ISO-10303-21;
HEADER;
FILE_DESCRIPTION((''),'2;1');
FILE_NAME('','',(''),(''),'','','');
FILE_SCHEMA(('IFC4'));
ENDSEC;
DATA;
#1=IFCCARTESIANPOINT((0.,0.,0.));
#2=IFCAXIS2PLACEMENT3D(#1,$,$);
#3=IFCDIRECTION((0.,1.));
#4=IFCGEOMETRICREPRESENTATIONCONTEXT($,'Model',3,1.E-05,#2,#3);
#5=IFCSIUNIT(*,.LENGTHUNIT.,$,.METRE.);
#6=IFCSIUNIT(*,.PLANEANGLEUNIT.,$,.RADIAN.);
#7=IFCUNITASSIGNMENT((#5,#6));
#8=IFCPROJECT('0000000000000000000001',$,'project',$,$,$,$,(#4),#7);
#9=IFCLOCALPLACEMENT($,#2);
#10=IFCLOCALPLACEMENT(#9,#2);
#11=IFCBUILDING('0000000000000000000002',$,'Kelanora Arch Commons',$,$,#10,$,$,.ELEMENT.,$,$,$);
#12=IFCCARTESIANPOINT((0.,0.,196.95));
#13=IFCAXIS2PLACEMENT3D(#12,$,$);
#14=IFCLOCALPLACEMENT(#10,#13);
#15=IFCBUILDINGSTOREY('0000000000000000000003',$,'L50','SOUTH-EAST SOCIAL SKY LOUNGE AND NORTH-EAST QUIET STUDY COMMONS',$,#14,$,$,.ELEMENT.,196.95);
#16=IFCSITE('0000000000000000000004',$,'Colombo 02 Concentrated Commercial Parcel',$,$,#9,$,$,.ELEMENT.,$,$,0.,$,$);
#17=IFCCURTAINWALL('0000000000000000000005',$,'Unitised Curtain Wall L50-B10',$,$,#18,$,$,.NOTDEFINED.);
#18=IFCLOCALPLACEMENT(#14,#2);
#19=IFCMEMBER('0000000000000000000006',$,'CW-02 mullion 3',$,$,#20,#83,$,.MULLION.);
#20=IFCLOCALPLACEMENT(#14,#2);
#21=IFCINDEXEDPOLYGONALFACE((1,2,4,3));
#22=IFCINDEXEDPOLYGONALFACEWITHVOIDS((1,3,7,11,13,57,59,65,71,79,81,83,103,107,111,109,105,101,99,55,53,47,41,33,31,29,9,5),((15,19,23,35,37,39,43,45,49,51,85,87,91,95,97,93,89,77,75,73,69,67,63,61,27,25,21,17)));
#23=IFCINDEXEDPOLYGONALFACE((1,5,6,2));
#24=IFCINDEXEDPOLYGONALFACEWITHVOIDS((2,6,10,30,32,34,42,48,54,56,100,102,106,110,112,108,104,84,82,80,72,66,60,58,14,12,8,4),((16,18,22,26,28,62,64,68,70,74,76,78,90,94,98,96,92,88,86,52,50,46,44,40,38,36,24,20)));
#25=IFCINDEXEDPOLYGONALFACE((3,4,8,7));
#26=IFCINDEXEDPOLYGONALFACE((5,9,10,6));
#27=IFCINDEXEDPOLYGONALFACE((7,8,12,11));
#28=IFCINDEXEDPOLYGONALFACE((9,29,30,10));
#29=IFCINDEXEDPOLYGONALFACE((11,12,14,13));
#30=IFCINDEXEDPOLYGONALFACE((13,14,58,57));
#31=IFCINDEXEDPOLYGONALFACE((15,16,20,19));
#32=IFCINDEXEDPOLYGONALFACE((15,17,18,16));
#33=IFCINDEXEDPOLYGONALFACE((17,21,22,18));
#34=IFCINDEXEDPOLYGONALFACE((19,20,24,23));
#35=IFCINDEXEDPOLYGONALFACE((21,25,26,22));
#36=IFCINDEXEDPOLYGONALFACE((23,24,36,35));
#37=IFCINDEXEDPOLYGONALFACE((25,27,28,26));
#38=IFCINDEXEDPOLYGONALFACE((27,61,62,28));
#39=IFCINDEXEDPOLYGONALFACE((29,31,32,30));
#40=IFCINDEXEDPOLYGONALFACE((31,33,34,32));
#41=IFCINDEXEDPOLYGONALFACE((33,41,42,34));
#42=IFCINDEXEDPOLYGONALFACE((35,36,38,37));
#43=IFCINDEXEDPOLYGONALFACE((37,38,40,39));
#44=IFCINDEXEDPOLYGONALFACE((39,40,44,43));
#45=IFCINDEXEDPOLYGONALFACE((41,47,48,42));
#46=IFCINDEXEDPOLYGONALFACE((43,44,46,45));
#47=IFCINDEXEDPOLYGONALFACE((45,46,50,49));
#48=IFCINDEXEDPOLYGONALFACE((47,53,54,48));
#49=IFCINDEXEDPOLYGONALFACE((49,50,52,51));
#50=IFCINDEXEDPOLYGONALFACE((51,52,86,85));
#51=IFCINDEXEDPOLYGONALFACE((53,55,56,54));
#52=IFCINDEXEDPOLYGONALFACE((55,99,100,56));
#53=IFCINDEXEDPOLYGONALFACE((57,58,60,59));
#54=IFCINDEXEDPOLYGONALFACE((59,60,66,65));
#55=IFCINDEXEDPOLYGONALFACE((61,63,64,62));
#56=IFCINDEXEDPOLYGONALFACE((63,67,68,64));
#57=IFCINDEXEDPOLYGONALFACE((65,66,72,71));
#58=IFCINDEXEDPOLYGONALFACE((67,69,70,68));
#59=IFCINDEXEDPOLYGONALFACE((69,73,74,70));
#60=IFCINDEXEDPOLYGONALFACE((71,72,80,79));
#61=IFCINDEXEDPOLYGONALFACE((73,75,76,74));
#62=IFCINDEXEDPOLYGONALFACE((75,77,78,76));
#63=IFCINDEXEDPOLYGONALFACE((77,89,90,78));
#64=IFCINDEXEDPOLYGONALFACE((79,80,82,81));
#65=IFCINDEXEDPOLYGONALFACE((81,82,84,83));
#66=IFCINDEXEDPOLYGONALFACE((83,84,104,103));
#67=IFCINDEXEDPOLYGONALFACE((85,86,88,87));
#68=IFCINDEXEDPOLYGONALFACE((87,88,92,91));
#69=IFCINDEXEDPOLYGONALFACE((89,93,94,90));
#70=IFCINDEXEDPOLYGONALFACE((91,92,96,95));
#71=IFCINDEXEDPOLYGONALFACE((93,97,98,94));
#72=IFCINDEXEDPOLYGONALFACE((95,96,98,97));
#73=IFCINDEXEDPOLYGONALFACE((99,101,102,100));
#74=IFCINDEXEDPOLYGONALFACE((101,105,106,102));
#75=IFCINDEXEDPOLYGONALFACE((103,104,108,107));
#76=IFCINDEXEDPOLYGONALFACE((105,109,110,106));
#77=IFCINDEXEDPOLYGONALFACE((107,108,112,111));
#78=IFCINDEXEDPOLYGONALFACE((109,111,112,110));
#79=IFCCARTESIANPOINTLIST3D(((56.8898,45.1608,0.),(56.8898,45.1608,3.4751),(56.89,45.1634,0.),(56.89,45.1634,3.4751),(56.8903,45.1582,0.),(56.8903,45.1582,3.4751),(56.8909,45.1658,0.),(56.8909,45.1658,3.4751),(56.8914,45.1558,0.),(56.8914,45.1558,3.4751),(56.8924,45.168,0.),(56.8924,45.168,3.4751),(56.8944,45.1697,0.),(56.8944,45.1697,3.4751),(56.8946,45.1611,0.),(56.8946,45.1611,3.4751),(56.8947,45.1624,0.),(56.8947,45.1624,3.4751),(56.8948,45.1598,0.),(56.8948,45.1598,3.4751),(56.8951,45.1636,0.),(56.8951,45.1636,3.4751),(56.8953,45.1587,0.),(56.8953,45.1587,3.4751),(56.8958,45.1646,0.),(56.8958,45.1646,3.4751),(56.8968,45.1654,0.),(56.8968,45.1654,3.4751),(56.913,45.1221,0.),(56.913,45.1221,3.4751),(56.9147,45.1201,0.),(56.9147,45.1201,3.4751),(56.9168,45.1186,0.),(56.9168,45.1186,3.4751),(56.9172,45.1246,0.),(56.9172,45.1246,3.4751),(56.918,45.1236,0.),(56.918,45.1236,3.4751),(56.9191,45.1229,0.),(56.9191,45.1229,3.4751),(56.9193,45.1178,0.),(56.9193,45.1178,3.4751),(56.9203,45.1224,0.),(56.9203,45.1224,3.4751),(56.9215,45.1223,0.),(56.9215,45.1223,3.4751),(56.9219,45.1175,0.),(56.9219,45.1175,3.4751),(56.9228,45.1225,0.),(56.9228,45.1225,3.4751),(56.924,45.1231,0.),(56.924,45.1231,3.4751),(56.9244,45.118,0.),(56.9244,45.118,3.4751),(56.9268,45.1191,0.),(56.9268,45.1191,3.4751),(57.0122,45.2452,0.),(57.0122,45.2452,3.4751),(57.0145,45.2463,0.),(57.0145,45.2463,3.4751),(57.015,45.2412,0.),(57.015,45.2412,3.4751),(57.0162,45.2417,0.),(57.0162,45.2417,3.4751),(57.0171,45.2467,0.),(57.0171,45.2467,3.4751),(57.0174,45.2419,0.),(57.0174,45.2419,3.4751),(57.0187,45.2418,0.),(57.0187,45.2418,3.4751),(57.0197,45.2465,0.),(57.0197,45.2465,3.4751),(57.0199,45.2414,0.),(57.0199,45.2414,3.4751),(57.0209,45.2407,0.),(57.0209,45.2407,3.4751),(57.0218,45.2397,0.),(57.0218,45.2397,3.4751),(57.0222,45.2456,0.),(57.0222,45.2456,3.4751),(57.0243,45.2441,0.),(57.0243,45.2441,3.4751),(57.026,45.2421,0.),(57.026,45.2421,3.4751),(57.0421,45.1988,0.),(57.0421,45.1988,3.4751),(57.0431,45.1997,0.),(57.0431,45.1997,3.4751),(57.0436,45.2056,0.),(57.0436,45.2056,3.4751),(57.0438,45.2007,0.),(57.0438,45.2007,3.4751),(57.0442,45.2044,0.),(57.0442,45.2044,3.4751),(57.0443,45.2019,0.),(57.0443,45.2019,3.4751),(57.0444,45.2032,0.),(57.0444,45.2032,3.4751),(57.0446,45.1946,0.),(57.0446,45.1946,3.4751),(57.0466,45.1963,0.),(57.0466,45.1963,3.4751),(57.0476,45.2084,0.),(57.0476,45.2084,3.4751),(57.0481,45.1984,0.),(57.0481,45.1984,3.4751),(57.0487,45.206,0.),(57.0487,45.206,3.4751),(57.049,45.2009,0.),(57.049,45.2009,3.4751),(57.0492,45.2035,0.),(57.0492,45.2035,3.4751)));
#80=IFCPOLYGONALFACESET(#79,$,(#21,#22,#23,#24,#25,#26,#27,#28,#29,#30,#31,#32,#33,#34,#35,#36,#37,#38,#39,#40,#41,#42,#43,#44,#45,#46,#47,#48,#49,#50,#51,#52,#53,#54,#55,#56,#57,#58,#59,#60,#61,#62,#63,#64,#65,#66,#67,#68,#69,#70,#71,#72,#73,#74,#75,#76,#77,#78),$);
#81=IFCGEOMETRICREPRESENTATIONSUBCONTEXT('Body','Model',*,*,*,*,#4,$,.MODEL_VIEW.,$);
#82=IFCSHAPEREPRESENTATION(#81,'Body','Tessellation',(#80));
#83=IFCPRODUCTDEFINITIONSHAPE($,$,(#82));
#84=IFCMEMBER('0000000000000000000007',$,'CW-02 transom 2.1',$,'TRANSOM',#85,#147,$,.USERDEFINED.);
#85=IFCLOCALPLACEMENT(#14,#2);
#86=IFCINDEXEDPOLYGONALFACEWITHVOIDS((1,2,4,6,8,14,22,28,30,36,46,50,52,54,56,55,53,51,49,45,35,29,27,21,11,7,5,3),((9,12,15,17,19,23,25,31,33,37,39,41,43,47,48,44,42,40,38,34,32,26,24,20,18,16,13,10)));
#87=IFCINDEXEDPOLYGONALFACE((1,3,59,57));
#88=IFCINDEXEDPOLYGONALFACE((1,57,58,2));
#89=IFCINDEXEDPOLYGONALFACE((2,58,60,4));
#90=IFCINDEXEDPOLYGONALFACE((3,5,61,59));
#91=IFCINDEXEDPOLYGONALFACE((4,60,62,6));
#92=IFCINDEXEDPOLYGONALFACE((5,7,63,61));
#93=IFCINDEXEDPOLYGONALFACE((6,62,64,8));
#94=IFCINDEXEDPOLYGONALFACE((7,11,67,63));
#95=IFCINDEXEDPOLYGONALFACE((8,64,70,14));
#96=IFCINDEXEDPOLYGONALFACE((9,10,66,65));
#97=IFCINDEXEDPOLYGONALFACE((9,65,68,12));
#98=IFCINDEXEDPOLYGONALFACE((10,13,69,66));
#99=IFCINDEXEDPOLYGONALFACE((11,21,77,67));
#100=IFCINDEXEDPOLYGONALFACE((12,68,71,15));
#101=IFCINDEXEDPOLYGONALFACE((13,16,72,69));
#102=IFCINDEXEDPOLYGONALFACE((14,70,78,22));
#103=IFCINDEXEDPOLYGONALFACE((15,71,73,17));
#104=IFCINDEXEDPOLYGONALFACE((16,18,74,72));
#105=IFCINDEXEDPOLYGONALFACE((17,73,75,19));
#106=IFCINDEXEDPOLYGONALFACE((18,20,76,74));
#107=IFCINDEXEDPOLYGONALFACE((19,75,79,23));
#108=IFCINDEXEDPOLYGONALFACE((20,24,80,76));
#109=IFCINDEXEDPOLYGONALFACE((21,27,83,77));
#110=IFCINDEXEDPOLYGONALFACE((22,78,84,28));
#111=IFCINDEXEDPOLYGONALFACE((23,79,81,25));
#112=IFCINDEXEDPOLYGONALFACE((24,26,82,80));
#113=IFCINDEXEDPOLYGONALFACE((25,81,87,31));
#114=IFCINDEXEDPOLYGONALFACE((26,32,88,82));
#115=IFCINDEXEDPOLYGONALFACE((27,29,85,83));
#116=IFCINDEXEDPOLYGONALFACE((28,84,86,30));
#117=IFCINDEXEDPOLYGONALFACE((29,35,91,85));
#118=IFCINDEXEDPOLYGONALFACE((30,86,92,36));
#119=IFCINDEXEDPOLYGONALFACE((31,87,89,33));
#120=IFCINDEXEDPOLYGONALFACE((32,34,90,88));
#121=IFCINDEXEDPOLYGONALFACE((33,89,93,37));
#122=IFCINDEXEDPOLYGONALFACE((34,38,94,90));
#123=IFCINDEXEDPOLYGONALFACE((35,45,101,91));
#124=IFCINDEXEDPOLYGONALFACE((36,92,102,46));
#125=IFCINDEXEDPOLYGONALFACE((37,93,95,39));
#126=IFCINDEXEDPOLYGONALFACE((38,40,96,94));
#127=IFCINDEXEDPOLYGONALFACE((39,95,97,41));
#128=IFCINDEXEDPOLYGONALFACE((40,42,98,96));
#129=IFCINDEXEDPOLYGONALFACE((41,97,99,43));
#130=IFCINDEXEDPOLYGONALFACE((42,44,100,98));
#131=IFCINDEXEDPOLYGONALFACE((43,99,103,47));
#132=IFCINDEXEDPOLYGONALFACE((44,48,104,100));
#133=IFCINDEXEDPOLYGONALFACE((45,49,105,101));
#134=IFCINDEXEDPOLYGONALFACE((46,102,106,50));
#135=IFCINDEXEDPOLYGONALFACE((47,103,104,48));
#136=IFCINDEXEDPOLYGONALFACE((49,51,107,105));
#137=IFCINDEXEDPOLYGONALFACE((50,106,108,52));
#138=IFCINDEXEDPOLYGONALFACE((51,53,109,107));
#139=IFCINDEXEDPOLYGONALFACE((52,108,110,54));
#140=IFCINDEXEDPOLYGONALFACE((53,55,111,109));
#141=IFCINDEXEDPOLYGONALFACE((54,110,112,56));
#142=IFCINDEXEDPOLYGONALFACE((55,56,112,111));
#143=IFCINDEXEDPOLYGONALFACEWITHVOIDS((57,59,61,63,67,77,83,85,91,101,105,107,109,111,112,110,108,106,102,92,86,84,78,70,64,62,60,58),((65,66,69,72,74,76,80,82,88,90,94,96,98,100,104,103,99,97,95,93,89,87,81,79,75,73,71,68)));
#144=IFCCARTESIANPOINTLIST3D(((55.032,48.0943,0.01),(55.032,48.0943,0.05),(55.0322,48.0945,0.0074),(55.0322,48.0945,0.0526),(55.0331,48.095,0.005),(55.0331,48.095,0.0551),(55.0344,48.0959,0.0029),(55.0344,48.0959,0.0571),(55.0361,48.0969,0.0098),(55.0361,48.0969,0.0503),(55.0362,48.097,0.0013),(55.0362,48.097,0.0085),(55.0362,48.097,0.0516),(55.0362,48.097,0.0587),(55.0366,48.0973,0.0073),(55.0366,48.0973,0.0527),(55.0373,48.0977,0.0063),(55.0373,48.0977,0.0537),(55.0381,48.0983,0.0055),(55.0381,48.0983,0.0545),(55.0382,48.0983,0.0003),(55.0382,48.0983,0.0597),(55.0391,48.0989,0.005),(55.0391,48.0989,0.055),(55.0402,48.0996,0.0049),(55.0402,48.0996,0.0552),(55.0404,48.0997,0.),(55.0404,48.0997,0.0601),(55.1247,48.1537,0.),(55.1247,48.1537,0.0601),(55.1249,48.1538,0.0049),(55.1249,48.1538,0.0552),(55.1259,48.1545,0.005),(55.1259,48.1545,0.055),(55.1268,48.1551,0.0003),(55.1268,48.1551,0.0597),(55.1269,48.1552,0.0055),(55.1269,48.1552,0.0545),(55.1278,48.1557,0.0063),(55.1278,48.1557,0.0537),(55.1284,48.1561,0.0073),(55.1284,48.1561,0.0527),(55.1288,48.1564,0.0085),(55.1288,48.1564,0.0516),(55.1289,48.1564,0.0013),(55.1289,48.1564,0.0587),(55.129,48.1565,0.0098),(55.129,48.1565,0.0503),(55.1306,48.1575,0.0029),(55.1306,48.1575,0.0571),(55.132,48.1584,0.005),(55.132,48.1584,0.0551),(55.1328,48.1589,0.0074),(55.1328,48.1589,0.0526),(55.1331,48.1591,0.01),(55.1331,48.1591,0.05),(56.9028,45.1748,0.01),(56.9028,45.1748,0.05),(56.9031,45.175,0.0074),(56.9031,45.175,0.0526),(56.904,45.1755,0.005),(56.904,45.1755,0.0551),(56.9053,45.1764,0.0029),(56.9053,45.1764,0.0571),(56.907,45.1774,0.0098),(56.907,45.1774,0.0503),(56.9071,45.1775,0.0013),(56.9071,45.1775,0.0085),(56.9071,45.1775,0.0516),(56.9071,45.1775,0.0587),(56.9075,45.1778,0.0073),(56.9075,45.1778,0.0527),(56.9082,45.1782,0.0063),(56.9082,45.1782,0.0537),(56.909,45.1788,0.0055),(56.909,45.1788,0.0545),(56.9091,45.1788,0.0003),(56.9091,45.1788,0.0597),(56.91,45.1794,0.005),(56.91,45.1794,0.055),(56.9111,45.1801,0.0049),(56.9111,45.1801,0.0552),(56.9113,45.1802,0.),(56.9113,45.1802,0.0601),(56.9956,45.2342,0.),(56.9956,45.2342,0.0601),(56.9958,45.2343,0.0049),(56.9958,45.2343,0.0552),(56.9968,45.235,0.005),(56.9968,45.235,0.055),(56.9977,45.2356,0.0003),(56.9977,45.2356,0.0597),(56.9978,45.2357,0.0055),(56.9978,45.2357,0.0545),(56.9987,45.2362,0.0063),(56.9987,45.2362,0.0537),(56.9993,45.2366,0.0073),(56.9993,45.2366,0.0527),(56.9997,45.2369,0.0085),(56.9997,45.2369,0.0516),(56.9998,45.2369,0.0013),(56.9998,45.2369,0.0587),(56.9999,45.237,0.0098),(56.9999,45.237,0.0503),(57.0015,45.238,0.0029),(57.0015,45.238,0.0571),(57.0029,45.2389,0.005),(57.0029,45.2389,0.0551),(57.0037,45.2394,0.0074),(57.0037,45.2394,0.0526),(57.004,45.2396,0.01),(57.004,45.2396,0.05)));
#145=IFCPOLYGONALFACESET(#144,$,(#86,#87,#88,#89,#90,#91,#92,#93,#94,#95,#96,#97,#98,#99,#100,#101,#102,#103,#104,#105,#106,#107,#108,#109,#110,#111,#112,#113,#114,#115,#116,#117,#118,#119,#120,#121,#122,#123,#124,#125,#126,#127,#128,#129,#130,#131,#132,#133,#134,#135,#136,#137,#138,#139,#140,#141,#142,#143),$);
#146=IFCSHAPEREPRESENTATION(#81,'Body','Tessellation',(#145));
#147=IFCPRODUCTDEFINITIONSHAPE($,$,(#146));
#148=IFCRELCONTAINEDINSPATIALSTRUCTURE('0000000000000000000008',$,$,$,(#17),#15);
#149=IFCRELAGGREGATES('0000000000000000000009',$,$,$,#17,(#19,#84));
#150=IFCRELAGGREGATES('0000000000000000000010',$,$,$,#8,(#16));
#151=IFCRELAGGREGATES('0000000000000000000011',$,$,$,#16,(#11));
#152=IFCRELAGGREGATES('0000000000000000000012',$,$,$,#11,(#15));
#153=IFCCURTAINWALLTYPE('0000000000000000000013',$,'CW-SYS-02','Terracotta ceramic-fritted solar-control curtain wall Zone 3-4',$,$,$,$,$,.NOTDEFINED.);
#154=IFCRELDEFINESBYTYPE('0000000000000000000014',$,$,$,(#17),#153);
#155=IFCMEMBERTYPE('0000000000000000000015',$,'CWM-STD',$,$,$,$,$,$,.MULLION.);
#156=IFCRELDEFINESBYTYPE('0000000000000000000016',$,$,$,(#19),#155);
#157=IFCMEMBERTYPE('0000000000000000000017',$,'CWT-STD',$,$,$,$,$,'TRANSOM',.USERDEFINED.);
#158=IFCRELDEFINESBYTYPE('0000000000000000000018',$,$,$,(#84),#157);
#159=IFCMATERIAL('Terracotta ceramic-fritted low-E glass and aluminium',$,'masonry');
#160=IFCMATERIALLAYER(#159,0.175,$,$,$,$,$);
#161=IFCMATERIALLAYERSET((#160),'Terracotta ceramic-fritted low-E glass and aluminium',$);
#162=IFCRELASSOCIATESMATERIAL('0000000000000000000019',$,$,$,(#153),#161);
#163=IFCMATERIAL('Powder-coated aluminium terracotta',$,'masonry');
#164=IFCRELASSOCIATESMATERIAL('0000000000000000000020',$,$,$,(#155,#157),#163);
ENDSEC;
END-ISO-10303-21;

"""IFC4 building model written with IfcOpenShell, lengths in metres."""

from ifc_helpers import new_model, si_unit, direction, frame, origin, origin_2d, place, context, subcontext, project, spatial, hollow_rectangle, extrude, material, layer, layer_set, material_profile, profile_set, type_object, element, aggregate, save


model = new_model("IFC4")

# Units and contexts
model_context = context("Model", 3, precision=1e-05, world=origin(), true_north=direction((0.0, 1.0)))
body_context = subcontext(model_context, "Body", "Model", "MODEL_VIEW")
ifc_project = project(units=[si_unit("LENGTHUNIT", "METRE"), si_unit("PLANEANGLEUNIT", "RADIAN")], contexts=[model_context])

# Site, building, storey
site_placement = place(None, origin())
site = spatial("IfcSite", under=ifc_project, at=site_placement, Name="Colombo 02 Concentrated Commercial Parcel", CompositionType="ELEMENT", RefElevation=0.0)
building_placement = place(site_placement, origin())
building = spatial("IfcBuilding", under=site, at=building_placement, Name="Kelanora Arch Commons", CompositionType="ELEMENT")
storey_placement = place(building_placement, frame((0.0, 0.0, 196.95)))
storey = spatial("IfcBuildingStorey", under=building, at=storey_placement, Name="L50", Description="SOUTH-EAST SOCIAL SKY LOUNGE AND NORTH-EAST QUIET STUDY COMMONS", CompositionType="ELEMENT", Elevation=196.95)

# Curtain wall, members
ifc_material_1 = material(Name="Terracotta ceramic-fritted low-E glass and aluminium", Category="masonry")
ifc_layer_1 = layer(ifc_material_1, 0.175)
ifc_layer_set_1 = layer_set([ifc_layer_1], Name="Terracotta ceramic-fritted low-E glass and aluminium")
curtain_wall_type = type_object("IfcCurtainWallType", Name="CW-SYS-02", Description="Terracotta ceramic-fritted solar-control curtain wall Zone 3-4", PredefinedType="NOTDEFINED", material=ifc_layer_set_1)
curtain_wall_placement = place(storey_placement, origin())
curtain_wall = element("IfcCurtainWall", 1, at=curtain_wall_placement, inside=storey, type_object=curtain_wall_type, Name="Unitised Curtain Wall L50-B10", PredefinedType="NOTDEFINED")
ifc_material_2 = material(Name="Powder-coated aluminium terracotta", Category="masonry")
ifc_material_profile_1 = material_profile(ifc_material_2, hollow_rectangle(XDim=0.1599, YDim=0.0601, WallThickness=0.0049, InnerFilletRadius=0.0049, OuterFilletRadius=0.01, at=origin_2d()), Name="CWM160x60")
ifc_profile_set_1 = profile_set([ifc_material_profile_1], Name="Powder-coated aluminium terracotta")
member_type_1 = type_object("IfcMemberType", Name="CWM-STD", PredefinedType="MULLION", material=ifc_profile_set_1)
member_1_placement = place(storey_placement, frame((56.9695, 45.1821, 0.0), z_axis=(0.0, 0.0, 1.0), x_axis=(0.841948, 0.539559, 0.0)))
member_1 = element("IfcMember", 2, at=member_1_placement, type_object=member_type_1, Name="CW-02 mullion 3", PredefinedType="MULLION", context=body_context, shape_type="SweptSolid", body=[
    extrude(hollow_rectangle(XDim=0.1599, YDim=0.0601, WallThickness=0.0049, InnerFilletRadius=0.0049, OuterFilletRadius=0.01, at=origin_2d()), origin(), (0.0, 0.0, 1.0), 3.4751),
])
ifc_material_profile_2 = material_profile(ifc_material_2, hollow_rectangle(XDim=0.1201, YDim=0.0601, WallThickness=0.0049, InnerFilletRadius=0.0049, OuterFilletRadius=0.01, at=origin_2d()), Name="CWT120x60")
ifc_profile_set_2 = profile_set([ifc_material_profile_2], Name="Powder-coated aluminium terracotta")
member_type_2 = type_object("IfcMemberType", Name="CWT-STD", ElementType="TRANSOM", PredefinedType="USERDEFINED", material=ifc_profile_set_2)
member_2_placement = place(storey_placement, frame((55.0825, 48.1267, 0.03), z_axis=(0.539547, -0.841955, 0.0), x_axis=(0.841955, 0.539547, 0.0)))
member_2 = element("IfcMember", 3, at=member_2_placement, type_object=member_type_2, Name="CW-02 transom 2.1", ObjectType="TRANSOM", PredefinedType="USERDEFINED", context=body_context, shape_type="SweptSolid", body=[
    extrude(hollow_rectangle(XDim=0.1201, YDim=0.0601, WallThickness=0.0049, InnerFilletRadius=0.0049, OuterFilletRadius=0.01, at=origin_2d()), origin(), (0.0, 0.0, 1.0), 3.4675),
])
aggregate(curtain_wall, [member_1, member_2])

save(model, "model.ifc")
